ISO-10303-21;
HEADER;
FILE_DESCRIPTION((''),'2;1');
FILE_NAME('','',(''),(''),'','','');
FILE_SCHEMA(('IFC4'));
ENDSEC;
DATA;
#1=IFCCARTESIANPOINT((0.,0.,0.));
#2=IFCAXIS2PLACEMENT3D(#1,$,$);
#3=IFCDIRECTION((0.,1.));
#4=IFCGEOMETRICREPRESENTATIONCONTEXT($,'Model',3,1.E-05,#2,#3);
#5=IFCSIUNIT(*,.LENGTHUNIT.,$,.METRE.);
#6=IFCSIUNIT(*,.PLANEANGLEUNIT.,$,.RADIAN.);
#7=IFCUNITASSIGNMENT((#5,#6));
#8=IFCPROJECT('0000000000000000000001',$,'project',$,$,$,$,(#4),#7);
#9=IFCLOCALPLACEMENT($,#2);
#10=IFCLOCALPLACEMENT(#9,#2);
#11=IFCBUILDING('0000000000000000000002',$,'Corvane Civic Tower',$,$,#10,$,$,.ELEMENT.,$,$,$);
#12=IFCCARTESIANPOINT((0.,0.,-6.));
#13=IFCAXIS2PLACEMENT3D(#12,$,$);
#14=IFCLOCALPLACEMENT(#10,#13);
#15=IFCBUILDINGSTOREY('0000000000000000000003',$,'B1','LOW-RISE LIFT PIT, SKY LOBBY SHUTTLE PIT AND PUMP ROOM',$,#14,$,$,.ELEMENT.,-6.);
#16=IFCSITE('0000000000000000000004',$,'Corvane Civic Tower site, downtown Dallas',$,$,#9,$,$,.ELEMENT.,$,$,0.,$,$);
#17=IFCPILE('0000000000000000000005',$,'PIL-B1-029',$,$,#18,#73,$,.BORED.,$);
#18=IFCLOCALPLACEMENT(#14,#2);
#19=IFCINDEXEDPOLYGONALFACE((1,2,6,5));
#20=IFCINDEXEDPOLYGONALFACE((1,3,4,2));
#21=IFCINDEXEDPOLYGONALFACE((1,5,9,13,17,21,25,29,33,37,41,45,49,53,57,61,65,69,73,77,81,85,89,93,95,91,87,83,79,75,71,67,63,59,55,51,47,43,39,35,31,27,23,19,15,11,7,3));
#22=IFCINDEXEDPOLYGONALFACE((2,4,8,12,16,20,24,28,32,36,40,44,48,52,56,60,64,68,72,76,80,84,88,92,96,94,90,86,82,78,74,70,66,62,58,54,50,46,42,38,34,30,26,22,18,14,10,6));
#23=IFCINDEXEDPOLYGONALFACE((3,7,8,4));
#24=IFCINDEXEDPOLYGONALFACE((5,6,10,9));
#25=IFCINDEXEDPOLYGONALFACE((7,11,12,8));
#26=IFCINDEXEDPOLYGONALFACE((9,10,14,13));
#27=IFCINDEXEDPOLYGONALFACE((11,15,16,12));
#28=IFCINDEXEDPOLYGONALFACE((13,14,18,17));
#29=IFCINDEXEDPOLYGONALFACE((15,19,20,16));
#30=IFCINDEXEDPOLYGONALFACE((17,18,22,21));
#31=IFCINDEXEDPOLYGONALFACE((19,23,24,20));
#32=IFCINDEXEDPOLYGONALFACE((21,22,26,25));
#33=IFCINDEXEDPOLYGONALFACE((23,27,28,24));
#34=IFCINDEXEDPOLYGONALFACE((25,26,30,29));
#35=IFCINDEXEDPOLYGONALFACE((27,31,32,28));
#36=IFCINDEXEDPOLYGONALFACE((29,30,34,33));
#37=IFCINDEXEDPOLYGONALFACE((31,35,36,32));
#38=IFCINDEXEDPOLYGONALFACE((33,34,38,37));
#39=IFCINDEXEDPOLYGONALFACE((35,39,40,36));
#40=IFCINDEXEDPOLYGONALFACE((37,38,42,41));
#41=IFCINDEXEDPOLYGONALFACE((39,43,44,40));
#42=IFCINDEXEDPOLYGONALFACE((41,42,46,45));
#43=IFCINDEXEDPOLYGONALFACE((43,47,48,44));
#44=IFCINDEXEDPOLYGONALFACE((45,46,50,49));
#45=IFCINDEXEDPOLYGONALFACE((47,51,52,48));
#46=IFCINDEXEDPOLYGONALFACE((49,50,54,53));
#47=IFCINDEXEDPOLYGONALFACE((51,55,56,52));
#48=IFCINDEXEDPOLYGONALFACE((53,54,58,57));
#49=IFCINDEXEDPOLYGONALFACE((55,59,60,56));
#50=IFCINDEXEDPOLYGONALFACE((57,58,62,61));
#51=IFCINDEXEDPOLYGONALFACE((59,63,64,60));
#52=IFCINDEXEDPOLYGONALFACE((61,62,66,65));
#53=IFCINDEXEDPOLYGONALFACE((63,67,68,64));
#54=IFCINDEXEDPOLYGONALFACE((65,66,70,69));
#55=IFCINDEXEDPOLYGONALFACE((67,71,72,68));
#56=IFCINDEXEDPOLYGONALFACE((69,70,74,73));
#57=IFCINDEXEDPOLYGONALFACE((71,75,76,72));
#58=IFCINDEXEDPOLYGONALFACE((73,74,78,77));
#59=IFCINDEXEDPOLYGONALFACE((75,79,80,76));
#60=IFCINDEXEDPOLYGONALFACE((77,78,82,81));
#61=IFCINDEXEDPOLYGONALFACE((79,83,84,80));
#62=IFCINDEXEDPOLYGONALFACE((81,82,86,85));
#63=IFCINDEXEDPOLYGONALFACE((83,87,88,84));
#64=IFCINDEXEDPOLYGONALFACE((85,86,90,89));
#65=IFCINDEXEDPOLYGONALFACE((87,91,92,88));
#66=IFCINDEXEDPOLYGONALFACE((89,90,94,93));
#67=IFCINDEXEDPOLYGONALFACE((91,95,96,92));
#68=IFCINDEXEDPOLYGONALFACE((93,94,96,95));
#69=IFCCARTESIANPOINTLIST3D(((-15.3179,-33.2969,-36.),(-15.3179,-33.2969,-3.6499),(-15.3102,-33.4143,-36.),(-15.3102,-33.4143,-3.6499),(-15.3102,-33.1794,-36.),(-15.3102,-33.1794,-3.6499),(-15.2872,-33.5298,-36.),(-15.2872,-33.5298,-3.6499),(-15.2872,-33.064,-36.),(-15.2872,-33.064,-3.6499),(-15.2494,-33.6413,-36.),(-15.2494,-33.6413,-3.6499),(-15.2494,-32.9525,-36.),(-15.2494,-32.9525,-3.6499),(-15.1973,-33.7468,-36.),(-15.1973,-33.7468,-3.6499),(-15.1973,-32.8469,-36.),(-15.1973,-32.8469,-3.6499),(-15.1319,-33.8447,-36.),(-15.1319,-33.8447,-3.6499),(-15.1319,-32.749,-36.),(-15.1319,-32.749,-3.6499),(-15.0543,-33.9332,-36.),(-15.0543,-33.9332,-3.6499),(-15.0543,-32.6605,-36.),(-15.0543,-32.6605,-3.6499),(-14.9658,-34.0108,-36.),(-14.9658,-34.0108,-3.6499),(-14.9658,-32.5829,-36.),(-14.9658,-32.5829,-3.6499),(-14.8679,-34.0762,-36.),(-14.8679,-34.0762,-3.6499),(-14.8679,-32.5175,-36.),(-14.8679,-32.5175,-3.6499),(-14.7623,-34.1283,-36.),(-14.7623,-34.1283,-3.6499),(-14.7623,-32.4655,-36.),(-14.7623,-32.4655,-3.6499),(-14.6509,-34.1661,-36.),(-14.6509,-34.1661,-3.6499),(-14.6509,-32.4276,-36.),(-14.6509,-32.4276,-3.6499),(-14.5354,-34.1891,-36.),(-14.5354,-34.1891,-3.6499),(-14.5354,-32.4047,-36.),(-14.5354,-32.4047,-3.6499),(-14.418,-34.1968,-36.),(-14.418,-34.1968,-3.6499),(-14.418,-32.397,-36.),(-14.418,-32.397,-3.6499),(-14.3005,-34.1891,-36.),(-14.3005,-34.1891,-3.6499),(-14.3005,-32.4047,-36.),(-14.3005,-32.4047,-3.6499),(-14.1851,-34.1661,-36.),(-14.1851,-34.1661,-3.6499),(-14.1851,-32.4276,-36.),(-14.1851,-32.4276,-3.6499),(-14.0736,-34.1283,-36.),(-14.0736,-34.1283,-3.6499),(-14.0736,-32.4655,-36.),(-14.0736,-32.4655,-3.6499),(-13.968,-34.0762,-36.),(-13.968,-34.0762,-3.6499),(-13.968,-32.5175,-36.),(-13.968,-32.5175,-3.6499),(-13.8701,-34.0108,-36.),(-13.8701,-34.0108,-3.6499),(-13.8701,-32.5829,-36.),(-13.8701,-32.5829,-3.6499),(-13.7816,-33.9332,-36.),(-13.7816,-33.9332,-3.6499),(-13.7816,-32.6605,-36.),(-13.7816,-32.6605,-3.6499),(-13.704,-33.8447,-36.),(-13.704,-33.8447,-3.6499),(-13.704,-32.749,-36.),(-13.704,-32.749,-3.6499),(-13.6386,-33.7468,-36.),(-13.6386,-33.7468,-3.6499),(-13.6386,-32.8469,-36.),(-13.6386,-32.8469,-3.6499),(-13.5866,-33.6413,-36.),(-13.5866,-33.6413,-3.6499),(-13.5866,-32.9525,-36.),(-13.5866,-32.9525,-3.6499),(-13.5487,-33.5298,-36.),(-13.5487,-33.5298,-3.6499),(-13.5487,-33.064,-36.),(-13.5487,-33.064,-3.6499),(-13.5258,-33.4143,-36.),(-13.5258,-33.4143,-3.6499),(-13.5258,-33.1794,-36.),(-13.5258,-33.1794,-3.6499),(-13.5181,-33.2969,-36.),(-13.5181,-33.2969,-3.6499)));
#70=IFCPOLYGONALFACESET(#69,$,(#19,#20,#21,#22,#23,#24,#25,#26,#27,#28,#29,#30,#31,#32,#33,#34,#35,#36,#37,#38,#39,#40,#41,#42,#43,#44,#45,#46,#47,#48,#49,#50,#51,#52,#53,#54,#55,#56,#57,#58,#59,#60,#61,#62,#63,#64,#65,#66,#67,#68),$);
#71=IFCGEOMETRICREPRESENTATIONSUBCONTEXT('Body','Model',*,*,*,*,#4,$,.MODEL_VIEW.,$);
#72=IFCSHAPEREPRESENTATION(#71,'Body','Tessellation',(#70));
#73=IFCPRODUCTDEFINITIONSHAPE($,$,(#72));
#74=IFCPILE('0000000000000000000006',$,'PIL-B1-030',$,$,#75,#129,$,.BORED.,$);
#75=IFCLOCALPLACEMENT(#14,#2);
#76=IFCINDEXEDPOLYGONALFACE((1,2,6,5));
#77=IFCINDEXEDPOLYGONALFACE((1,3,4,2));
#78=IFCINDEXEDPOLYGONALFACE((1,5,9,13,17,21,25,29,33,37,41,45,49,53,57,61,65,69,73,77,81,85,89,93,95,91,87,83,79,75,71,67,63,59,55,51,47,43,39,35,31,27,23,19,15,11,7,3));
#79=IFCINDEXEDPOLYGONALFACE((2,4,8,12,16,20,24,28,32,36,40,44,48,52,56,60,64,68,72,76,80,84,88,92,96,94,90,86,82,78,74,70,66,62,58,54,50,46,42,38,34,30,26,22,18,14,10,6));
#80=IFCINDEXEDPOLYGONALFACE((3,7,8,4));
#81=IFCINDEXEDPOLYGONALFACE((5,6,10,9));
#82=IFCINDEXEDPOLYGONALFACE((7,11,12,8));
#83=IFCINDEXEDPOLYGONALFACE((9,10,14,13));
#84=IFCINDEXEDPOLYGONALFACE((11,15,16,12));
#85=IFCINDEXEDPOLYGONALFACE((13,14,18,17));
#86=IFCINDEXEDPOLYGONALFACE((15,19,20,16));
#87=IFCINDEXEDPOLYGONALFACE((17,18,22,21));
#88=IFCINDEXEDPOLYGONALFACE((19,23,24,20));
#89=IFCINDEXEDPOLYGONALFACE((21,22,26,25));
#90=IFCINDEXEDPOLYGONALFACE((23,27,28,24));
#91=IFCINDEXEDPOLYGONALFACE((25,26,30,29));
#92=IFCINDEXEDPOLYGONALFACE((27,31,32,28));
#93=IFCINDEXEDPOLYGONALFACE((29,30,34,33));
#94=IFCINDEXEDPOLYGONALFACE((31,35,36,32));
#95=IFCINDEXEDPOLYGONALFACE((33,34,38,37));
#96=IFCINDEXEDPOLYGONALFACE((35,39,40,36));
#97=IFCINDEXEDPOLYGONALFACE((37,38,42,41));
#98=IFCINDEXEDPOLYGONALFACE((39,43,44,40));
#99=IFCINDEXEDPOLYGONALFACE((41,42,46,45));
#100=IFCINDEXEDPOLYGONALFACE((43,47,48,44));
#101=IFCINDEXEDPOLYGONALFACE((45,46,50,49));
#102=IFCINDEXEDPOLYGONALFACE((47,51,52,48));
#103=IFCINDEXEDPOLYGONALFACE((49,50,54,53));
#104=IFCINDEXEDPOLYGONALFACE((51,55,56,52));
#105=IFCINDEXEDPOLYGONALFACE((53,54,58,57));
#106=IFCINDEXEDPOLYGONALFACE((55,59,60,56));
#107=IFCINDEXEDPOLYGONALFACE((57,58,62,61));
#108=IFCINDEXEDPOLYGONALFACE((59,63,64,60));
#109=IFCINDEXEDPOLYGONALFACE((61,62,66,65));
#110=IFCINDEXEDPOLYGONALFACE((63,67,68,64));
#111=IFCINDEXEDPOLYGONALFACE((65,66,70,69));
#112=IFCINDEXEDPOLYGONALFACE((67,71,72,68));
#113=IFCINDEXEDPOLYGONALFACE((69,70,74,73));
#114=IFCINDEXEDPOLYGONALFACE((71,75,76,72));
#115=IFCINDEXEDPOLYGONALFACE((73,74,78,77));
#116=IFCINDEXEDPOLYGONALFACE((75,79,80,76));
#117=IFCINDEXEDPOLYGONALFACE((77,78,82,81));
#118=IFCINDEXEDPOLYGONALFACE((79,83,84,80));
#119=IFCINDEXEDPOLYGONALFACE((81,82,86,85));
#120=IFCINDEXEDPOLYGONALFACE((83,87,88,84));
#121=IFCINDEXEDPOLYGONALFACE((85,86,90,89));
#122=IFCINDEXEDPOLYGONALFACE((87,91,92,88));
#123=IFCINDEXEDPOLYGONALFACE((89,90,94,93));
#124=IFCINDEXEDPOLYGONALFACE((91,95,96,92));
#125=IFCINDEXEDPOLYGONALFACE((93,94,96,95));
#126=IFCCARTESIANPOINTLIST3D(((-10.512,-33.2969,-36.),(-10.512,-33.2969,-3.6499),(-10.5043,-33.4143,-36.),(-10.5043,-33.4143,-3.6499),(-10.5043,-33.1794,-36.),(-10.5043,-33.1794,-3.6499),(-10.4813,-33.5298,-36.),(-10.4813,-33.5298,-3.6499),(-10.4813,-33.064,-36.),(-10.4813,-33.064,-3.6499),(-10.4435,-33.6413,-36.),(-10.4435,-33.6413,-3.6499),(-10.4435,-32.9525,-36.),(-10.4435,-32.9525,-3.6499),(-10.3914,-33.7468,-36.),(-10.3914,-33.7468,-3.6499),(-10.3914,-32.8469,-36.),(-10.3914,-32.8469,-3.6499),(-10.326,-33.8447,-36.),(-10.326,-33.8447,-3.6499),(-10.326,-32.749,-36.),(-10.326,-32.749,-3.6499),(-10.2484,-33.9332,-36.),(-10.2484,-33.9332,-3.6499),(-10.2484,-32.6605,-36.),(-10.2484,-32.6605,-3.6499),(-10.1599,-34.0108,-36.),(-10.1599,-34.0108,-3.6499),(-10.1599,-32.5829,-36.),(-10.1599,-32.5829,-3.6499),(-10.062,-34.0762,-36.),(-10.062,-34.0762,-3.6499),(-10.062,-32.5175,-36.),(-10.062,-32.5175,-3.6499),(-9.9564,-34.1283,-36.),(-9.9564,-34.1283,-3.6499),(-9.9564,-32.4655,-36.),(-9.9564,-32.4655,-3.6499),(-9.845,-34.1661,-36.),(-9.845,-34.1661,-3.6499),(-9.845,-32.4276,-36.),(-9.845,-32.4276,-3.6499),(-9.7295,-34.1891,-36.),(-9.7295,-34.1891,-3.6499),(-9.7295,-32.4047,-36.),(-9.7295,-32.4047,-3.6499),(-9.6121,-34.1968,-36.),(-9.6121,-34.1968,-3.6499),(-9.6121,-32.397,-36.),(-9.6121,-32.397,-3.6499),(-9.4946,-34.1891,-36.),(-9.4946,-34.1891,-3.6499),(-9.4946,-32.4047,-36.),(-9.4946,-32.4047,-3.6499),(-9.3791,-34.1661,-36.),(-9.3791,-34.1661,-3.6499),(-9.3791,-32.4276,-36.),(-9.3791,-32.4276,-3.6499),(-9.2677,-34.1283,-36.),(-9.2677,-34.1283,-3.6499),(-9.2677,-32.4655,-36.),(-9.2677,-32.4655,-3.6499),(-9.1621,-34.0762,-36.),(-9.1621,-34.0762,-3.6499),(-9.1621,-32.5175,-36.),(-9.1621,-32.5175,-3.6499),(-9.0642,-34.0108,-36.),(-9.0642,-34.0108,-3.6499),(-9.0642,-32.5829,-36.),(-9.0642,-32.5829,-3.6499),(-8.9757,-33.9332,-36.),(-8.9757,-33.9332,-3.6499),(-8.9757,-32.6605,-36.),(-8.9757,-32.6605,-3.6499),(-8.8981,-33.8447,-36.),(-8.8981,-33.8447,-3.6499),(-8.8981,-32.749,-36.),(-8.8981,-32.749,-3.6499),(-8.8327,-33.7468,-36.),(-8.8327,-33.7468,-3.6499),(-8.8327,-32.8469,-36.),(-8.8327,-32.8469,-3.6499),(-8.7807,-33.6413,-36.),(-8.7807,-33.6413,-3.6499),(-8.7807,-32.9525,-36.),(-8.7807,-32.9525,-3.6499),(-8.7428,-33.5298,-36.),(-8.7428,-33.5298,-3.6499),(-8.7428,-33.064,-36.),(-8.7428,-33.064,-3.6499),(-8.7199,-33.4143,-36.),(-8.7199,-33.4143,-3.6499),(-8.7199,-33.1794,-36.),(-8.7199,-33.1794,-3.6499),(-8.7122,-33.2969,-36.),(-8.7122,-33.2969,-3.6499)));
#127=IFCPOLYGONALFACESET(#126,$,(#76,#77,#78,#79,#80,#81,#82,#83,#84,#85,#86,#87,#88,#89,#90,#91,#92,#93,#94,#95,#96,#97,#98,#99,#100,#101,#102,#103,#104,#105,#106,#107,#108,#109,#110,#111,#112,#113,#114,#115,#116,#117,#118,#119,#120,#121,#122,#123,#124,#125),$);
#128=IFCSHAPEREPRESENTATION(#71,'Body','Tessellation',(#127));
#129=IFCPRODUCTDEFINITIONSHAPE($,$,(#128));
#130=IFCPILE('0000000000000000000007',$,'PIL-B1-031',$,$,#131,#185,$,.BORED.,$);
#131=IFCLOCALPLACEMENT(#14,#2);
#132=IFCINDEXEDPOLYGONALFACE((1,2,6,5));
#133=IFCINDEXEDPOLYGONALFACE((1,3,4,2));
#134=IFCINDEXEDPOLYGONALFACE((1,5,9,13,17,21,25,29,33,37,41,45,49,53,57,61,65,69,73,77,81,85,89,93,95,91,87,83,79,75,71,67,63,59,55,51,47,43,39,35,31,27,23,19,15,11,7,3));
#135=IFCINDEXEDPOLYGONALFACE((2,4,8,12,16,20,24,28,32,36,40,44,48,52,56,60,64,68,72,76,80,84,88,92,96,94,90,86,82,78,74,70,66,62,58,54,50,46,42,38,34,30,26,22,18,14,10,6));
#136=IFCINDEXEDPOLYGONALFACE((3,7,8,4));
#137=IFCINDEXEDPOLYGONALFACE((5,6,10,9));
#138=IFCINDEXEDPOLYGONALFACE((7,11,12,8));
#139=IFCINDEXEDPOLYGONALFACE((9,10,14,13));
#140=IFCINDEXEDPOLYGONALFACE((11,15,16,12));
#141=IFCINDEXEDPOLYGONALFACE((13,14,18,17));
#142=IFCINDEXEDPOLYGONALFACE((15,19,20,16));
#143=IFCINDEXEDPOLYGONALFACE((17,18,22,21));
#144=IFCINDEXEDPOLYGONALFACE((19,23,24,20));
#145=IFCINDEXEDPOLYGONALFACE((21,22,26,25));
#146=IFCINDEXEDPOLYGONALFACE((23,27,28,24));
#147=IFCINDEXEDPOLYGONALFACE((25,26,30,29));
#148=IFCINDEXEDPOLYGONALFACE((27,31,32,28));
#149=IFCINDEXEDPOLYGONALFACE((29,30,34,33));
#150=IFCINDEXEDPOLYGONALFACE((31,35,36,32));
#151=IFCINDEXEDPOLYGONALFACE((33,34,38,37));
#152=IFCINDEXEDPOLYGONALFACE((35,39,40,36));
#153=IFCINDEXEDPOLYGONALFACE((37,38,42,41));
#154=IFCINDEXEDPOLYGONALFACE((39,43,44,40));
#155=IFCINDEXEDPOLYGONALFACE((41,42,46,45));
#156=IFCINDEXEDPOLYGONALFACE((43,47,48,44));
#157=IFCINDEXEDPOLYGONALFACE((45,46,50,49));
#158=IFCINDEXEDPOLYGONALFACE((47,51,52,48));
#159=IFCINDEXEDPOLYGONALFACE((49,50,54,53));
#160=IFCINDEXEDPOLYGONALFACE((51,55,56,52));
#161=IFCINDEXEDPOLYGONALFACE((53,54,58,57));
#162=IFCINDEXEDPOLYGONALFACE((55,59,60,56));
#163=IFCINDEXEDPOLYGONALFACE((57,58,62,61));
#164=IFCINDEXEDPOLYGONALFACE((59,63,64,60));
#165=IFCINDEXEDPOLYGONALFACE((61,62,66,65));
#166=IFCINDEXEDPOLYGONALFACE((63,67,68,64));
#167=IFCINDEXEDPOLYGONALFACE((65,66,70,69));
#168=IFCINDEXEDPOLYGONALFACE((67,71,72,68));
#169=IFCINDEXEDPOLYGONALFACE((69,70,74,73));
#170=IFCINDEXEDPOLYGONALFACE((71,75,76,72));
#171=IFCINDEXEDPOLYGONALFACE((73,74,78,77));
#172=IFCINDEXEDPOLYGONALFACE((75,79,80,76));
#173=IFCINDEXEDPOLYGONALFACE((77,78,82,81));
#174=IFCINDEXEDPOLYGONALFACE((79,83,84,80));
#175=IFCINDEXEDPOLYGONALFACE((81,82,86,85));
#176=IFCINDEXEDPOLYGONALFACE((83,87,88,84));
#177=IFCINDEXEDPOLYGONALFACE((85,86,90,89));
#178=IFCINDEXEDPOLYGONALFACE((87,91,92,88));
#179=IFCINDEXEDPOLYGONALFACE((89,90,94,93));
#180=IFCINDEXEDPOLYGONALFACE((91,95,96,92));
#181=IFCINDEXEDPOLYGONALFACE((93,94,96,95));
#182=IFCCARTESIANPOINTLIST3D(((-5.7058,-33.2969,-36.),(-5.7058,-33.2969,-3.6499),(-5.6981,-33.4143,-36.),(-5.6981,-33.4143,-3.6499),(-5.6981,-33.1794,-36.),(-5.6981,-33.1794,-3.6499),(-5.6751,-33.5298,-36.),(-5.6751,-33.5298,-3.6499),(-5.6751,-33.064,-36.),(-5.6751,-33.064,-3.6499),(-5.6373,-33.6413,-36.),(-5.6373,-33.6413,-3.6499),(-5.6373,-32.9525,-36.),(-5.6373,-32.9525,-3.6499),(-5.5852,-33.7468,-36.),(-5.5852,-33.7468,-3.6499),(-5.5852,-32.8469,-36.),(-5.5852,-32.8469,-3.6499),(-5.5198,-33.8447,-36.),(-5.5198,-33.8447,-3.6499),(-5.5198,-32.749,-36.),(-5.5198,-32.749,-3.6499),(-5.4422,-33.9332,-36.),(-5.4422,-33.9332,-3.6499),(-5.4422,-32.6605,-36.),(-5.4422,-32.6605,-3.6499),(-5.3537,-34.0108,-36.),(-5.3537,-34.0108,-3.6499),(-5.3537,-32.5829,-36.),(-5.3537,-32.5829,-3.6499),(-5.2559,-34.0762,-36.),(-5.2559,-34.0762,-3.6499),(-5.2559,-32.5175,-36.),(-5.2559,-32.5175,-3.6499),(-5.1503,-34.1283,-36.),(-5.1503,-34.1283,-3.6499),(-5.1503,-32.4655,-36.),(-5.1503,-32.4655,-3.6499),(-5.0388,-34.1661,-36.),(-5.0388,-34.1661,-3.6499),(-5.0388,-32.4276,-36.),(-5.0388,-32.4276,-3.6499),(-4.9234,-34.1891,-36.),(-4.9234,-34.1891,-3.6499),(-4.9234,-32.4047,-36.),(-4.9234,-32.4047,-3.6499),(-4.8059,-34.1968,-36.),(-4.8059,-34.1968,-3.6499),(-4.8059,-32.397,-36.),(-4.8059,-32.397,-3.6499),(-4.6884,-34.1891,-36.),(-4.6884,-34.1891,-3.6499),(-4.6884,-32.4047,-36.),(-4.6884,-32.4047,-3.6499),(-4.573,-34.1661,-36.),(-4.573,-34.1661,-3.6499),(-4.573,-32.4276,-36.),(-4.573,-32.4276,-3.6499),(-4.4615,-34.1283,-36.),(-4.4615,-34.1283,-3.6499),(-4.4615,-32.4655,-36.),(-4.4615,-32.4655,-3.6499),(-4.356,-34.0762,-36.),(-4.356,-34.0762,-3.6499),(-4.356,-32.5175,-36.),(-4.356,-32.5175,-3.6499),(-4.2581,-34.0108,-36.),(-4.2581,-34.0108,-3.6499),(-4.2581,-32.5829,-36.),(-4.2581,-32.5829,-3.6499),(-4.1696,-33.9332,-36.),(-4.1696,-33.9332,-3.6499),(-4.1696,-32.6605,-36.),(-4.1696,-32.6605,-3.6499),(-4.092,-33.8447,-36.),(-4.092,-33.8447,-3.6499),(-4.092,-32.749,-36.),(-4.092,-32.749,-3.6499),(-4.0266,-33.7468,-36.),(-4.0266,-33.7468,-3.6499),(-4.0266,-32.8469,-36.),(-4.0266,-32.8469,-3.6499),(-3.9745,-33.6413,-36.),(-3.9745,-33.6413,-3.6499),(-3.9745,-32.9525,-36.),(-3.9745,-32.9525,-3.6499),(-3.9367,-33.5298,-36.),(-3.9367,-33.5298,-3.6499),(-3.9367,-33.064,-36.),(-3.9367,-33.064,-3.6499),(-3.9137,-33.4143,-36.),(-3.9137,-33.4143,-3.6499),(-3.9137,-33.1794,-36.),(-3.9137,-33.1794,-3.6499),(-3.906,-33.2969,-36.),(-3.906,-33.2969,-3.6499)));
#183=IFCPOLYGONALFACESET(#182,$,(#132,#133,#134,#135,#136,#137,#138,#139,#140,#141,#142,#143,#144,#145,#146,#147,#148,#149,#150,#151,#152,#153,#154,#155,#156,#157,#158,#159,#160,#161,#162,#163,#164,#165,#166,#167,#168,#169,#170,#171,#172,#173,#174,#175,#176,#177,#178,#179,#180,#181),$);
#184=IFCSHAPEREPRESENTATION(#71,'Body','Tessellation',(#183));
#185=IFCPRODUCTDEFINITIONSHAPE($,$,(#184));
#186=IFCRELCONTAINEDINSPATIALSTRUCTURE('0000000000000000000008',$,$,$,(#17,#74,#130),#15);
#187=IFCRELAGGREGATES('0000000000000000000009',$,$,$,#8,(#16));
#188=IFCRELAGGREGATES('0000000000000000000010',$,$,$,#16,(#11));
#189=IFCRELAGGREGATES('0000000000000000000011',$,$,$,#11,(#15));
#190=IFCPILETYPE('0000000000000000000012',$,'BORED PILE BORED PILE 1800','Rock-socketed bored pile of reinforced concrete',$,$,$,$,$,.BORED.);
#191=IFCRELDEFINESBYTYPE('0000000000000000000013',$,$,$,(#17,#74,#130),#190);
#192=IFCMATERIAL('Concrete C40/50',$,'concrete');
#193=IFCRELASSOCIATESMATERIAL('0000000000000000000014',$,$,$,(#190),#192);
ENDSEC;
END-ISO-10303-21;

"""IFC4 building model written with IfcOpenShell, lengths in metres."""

from ifc_helpers import new_model, si_unit, direction, frame, origin, origin_2d, place, context, subcontext, project, spatial, circle, extrude, material, material_profile, profile_set, type_object, element, save


model = new_model("IFC4")

# Units and contexts
model_context = context("Model", 3, precision=1e-05, world=origin(), true_north=direction((0.0, 1.0)))
body_context = subcontext(model_context, "Body", "Model", "MODEL_VIEW")
ifc_project = project(units=[si_unit("LENGTHUNIT", "METRE"), si_unit("PLANEANGLEUNIT", "RADIAN")], contexts=[model_context])

# Site, building, storey
site_placement = place(None, origin())
site = spatial("IfcSite", under=ifc_project, at=site_placement, Name="Corvane Civic Tower site, downtown Dallas", CompositionType="ELEMENT", RefElevation=0.0)
building_placement = place(site_placement, origin())
building = spatial("IfcBuilding", under=site, at=building_placement, Name="Corvane Civic Tower", CompositionType="ELEMENT")
storey_placement = place(building_placement, frame((0.0, 0.0, -6.0)))
storey = spatial("IfcBuildingStorey", under=building, at=storey_placement, Name="B1", Description="LOW-RISE LIFT PIT, SKY LOBBY SHUTTLE PIT AND PUMP ROOM", CompositionType="ELEMENT", Elevation=-6.0)

# Piles
ifc_material_1 = material(Name="Concrete C40/50", Category="concrete")
ifc_material_profile_1 = material_profile(ifc_material_1, circle(Radius=0.8999, at=origin_2d()), Name="BORED PILE 1800")
ifc_profile_set_1 = profile_set([ifc_material_profile_1], Name="Concrete C40/50")
pile_type = type_object("IfcPileType", Name="BORED PILE BORED PILE 1800", Description="Rock-socketed bored pile of reinforced concrete", PredefinedType="BORED", material=ifc_profile_set_1)
for number, where, z_axis, x_axis, name in (
    (1, (-14.418, -33.2969, -3.6499), (0.0, 0.0, -1.0), (1.0, 0.0, 0.0), "PIL-B1-029"),
    (2, (-9.6121, -33.2969, -3.6499), (0.0, 0.0, -1.0), (1.0, 0.0, 0.0), "PIL-B1-030"),
    (3, (-4.8059, -33.2969, -3.6499), (0.0, 0.0, -1.0), (1.0, 0.0, 0.0), "PIL-B1-031"),
):
    element("IfcPile", number, at=place(storey_placement, frame(where, z_axis=z_axis, x_axis=x_axis)), inside=storey, type_object=pile_type, Name=name, PredefinedType="BORED", context=body_context, shape_type="SweptSolid", body=[
        extrude(circle(Radius=0.8999, at=origin_2d()), origin(), (0.0, 0.0, 1.0), 32.3501),
    ])

save(model, "model.ifc")
